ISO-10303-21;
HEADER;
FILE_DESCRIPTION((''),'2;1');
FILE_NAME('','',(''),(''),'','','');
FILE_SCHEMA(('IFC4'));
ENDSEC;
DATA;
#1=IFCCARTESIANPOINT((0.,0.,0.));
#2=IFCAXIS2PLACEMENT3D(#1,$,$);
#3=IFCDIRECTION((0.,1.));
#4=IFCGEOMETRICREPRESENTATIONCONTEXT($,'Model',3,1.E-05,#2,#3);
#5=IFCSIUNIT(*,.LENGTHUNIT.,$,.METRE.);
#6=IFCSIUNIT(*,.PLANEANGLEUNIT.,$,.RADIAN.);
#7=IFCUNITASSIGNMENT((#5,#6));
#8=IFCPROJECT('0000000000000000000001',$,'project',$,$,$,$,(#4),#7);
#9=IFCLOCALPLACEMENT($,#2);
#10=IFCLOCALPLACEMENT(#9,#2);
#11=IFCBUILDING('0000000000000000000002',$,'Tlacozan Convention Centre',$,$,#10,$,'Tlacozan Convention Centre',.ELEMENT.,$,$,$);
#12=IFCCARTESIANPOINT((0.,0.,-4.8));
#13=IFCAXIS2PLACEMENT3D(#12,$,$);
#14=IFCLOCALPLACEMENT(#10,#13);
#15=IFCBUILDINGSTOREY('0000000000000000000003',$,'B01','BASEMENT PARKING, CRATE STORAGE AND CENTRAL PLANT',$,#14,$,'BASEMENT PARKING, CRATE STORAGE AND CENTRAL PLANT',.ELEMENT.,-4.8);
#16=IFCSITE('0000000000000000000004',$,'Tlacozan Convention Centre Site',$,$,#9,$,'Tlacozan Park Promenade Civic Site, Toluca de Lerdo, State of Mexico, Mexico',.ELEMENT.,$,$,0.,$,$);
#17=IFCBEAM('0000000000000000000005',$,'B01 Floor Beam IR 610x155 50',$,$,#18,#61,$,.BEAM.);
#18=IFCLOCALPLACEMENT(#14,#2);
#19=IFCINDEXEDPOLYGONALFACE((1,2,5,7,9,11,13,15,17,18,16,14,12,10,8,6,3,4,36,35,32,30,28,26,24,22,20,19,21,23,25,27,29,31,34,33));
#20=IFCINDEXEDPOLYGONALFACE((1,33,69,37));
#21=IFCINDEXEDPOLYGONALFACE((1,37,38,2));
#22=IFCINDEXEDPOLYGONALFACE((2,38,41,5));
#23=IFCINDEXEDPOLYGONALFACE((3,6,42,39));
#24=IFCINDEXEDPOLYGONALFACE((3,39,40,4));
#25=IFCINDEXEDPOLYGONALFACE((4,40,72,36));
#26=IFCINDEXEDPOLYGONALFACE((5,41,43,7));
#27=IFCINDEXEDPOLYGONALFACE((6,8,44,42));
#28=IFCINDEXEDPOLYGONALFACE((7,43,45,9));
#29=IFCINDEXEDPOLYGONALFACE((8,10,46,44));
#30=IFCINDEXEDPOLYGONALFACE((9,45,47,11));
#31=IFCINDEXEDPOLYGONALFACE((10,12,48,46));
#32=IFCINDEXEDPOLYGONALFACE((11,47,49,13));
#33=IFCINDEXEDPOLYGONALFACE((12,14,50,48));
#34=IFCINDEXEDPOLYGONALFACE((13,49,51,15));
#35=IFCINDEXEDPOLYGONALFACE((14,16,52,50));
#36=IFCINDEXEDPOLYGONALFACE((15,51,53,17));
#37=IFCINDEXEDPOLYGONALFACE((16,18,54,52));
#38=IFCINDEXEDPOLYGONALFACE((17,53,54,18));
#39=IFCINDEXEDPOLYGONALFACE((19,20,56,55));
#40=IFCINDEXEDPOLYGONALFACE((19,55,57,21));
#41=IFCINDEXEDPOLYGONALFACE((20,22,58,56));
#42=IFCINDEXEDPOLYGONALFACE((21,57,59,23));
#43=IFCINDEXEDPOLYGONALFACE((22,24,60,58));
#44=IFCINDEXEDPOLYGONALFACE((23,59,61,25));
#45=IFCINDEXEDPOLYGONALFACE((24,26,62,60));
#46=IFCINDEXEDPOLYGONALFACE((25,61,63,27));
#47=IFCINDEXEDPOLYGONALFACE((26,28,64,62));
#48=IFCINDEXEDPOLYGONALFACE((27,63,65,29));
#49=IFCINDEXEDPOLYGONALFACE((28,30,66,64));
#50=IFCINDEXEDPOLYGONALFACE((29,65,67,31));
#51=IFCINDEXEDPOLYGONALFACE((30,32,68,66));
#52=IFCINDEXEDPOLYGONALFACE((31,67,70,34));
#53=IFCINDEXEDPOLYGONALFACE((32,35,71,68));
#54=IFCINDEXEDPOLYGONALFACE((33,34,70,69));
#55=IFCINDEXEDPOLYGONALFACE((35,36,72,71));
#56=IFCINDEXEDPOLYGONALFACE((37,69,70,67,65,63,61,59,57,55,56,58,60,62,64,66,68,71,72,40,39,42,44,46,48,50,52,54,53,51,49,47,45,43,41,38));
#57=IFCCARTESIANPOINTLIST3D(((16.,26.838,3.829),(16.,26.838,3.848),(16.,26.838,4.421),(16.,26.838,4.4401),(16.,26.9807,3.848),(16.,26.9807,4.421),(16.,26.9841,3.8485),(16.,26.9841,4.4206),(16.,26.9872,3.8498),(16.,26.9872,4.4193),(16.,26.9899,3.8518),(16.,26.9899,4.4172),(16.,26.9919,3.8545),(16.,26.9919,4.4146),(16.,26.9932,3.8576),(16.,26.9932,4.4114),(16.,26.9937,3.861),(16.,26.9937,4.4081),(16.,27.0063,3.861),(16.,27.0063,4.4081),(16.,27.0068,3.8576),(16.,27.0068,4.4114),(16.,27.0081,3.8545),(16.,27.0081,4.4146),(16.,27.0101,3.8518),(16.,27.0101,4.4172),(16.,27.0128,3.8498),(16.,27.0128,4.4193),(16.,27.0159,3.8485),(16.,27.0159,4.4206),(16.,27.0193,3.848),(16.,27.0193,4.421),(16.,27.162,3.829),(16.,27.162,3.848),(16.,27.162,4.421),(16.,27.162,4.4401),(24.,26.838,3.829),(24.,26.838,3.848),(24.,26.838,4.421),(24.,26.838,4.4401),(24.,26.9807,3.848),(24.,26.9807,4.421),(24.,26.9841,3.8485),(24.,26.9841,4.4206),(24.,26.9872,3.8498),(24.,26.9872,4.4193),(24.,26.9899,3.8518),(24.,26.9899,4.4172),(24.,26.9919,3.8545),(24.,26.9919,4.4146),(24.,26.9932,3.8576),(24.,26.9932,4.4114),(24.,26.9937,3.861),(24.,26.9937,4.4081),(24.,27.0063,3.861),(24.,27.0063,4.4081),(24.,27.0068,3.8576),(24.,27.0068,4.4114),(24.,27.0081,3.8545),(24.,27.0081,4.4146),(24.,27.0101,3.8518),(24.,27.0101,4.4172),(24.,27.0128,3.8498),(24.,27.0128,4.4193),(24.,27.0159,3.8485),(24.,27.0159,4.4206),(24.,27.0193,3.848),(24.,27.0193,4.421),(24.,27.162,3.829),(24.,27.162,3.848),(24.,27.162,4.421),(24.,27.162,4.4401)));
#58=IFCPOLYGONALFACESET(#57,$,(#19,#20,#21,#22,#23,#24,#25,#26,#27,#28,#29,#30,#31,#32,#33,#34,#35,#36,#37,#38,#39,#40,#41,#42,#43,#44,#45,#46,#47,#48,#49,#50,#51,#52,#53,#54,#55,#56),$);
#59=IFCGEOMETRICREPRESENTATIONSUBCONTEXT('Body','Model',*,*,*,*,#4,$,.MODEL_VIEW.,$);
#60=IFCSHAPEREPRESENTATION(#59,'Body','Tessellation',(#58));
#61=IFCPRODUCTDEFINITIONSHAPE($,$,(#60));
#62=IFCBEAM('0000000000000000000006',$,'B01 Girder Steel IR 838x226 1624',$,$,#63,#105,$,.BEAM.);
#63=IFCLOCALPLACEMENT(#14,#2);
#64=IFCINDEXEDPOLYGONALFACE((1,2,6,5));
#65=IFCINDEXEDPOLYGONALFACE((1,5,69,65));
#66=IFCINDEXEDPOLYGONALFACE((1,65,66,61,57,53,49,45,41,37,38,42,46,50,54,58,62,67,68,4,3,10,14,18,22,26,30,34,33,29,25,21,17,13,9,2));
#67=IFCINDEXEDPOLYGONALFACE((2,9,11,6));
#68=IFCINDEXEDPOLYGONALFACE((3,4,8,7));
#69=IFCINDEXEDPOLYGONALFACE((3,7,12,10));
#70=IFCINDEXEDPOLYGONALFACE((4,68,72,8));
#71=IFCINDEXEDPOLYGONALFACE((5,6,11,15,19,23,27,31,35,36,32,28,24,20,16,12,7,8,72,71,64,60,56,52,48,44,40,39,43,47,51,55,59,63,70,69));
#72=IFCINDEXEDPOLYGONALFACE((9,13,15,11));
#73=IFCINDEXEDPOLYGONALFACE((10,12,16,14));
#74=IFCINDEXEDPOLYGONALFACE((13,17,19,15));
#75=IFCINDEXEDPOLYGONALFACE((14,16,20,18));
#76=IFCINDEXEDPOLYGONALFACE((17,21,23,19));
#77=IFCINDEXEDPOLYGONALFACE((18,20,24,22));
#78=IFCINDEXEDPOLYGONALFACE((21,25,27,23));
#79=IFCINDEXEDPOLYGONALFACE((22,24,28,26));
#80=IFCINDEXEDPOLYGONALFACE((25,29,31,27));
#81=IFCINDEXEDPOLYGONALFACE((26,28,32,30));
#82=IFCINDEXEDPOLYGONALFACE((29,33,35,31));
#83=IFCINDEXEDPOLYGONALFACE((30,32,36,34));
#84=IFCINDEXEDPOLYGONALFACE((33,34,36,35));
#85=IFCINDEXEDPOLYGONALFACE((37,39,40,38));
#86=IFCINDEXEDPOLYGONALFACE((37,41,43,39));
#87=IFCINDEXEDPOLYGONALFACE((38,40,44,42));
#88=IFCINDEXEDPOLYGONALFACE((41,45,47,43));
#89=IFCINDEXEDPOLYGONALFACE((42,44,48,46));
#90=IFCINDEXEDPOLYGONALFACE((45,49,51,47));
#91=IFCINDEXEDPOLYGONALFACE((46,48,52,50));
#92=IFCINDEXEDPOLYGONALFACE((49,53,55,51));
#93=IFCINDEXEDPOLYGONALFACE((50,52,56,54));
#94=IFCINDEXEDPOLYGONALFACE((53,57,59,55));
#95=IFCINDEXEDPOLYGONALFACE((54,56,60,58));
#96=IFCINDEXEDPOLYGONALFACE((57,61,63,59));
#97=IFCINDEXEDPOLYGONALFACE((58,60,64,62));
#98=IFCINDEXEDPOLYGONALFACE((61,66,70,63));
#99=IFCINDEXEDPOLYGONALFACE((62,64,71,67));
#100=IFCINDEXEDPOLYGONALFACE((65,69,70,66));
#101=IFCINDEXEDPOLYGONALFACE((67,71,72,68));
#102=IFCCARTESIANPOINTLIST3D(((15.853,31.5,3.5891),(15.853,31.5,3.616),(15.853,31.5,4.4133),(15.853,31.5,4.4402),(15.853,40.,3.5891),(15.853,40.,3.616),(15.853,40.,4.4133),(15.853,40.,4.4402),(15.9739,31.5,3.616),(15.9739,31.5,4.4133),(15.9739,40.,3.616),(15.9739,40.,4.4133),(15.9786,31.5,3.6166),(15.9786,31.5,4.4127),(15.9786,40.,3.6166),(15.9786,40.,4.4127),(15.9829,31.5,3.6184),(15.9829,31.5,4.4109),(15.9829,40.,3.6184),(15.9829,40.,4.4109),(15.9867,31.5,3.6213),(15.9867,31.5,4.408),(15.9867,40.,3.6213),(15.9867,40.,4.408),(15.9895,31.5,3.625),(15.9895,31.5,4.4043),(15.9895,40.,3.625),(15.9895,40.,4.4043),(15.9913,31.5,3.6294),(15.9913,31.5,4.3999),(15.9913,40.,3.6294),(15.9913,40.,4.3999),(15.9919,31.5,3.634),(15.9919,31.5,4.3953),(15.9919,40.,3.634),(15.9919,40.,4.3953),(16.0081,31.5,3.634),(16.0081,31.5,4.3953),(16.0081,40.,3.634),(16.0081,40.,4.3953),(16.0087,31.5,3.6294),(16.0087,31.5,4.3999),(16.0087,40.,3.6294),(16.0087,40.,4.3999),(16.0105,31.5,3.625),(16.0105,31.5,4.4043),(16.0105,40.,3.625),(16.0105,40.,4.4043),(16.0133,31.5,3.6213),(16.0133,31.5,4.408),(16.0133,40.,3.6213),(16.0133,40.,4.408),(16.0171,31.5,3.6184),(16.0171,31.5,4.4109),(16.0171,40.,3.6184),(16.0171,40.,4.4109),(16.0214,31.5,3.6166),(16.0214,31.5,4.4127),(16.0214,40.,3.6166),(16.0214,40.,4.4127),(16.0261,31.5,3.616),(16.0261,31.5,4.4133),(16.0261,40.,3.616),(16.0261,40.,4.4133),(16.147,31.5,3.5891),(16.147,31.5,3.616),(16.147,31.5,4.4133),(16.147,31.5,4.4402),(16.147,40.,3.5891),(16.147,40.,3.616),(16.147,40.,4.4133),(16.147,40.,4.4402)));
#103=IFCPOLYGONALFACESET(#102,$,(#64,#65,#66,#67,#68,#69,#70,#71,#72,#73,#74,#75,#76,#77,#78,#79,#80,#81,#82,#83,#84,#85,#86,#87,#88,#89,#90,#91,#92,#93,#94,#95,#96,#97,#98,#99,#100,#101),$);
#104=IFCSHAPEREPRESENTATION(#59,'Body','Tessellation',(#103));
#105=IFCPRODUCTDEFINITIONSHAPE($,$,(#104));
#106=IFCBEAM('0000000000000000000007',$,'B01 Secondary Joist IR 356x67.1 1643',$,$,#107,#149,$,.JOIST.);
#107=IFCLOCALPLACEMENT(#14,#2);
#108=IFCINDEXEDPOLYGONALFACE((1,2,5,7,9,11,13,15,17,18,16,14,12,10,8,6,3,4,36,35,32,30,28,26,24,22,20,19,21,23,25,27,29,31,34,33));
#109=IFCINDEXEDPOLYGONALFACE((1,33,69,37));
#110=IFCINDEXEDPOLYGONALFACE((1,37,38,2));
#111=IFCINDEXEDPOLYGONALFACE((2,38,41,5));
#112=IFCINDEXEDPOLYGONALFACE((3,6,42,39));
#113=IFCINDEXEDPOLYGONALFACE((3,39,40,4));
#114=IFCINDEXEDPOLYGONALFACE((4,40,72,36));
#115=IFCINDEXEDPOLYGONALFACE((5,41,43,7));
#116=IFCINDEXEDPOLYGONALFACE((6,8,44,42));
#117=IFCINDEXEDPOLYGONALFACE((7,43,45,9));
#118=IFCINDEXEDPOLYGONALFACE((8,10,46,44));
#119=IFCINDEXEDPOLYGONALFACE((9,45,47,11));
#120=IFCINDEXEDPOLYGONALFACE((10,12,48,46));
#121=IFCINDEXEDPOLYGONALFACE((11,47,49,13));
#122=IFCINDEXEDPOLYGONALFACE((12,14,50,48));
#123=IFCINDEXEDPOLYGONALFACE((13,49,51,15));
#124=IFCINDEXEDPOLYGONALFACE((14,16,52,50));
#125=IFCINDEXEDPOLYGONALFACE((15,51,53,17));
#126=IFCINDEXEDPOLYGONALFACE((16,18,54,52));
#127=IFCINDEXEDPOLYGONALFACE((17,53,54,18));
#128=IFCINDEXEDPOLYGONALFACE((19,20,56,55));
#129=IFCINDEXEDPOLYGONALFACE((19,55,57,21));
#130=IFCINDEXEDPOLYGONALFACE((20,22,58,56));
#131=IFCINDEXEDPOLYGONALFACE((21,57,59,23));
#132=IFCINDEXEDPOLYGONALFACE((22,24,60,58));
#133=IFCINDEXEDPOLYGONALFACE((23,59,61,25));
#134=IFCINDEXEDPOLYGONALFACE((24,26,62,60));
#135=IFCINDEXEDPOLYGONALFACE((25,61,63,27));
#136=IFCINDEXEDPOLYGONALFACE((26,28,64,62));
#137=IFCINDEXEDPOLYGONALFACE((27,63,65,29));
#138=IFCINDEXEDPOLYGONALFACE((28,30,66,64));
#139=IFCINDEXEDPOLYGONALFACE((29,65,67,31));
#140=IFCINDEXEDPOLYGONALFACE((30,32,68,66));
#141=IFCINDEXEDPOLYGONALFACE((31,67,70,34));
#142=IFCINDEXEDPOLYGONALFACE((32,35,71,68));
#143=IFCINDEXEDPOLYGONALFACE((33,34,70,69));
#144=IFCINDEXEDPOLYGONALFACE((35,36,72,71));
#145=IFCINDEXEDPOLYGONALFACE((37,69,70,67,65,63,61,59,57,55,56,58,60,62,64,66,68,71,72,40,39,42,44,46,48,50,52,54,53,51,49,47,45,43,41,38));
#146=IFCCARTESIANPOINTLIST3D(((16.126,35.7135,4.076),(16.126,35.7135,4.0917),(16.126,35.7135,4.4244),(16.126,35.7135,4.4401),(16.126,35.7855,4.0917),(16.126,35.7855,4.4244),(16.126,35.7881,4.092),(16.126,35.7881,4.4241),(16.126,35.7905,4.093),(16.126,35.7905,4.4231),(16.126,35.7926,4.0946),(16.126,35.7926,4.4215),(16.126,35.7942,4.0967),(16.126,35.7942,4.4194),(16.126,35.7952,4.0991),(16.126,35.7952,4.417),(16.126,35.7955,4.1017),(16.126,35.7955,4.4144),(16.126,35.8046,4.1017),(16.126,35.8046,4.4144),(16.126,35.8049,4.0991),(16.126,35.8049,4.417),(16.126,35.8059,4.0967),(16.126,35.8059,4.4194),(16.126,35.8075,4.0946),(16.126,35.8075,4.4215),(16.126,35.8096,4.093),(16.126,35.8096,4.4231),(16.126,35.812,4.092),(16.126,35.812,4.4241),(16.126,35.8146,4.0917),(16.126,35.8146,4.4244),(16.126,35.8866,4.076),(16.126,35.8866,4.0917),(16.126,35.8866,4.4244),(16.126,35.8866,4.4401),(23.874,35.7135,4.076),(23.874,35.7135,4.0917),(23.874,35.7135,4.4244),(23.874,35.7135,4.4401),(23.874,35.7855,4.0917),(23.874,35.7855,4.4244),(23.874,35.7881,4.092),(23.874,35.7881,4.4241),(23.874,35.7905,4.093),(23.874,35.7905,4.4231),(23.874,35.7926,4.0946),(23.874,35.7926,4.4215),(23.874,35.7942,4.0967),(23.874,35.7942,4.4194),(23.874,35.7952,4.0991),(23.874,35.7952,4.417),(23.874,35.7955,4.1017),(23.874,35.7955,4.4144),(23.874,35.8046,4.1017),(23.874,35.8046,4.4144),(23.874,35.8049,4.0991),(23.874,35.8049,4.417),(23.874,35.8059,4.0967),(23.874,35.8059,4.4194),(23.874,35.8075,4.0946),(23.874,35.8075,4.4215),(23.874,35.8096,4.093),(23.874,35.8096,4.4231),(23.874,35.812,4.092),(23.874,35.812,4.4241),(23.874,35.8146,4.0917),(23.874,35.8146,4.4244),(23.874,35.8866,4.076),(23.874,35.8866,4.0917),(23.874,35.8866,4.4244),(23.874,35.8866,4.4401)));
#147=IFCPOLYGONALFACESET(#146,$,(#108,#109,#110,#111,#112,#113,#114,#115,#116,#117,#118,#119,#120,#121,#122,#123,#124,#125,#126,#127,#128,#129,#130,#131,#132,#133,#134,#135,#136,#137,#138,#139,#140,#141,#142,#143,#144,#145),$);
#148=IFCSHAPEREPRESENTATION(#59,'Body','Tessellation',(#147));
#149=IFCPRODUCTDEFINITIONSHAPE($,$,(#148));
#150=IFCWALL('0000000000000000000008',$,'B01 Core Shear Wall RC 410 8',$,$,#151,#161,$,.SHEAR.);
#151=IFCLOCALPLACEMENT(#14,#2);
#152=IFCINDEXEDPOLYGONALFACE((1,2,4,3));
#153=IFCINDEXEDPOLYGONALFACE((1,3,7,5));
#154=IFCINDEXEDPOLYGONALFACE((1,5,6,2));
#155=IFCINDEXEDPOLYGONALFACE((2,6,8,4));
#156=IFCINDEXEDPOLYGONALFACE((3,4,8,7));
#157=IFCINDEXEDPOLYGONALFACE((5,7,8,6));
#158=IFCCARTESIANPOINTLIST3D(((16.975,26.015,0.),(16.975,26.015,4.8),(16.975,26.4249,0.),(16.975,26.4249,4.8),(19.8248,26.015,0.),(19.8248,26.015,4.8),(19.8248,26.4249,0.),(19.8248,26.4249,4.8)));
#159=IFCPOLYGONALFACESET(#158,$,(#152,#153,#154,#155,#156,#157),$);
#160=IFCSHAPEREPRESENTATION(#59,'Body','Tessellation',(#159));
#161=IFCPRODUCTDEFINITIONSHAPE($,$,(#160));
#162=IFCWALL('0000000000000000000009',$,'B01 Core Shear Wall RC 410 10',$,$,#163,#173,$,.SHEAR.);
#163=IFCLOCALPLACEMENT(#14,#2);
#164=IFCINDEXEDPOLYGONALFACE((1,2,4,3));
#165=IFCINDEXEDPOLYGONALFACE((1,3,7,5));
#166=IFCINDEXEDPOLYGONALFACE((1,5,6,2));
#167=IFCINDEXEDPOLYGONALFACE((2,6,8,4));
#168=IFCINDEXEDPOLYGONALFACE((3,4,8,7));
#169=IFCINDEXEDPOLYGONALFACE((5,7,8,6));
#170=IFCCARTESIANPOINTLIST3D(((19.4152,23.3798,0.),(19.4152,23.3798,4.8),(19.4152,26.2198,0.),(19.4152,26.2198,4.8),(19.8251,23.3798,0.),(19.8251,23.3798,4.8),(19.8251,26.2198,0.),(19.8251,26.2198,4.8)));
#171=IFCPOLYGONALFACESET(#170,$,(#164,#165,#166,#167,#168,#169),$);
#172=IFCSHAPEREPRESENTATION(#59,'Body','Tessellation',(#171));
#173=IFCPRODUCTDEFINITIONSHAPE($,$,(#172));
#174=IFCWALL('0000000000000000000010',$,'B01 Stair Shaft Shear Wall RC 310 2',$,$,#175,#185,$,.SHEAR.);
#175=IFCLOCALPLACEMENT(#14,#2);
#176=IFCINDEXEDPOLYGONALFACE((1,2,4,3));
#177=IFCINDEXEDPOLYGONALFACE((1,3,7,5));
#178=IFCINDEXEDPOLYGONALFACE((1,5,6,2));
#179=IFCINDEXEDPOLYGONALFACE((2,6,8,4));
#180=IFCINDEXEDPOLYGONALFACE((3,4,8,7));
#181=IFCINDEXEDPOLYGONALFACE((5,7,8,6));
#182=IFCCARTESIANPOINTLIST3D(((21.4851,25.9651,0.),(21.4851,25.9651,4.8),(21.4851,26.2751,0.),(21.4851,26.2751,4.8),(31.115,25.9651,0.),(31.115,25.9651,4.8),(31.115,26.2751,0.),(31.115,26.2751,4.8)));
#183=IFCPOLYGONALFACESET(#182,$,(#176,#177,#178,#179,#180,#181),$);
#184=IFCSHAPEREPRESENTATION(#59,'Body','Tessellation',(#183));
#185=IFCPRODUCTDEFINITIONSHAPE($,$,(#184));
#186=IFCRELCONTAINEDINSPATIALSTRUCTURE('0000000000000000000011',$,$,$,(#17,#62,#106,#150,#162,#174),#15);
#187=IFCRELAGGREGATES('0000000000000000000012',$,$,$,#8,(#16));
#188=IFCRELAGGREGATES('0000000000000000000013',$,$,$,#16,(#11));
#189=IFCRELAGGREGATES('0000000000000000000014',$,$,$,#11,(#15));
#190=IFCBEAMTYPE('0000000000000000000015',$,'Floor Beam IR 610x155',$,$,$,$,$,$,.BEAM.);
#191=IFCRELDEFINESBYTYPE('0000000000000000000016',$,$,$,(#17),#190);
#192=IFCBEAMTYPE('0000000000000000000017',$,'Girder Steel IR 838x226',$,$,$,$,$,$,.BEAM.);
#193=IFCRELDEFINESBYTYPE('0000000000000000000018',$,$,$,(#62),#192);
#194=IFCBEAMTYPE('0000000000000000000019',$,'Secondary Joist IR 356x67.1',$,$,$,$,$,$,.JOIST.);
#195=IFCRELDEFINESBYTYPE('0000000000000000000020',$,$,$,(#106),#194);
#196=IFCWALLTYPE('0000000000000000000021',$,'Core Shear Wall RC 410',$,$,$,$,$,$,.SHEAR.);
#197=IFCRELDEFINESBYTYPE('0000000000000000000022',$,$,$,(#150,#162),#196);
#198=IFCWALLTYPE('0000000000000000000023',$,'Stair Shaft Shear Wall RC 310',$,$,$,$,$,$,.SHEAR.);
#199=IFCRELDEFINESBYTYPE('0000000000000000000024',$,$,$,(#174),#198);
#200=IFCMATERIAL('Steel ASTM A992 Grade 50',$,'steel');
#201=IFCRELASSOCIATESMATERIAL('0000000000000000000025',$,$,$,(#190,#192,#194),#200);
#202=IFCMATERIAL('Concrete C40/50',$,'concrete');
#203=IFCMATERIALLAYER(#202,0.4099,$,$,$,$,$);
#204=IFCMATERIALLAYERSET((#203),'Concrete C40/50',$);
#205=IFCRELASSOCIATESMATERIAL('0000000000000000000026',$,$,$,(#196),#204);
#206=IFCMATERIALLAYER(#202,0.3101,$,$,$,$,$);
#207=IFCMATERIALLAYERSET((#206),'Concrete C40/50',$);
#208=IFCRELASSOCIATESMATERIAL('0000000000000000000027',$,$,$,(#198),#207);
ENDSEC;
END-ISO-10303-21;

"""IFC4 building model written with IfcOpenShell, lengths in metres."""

from ifc_helpers import new_model, si_unit, direction, frame, frame_2d, origin, origin_2d, place, context, subcontext, project, spatial, rectangle, i_section, extrude, material, layer, layer_set, material_profile, profile_set, type_object, element, save


model = new_model("IFC4")

# Units and contexts
model_context = context("Model", 3, precision=1e-05, world=origin(), true_north=direction((0.0, 1.0)))
body_context = subcontext(model_context, "Body", "Model", "MODEL_VIEW")
ifc_project = project(units=[si_unit("LENGTHUNIT", "METRE"), si_unit("PLANEANGLEUNIT", "RADIAN")], contexts=[model_context])

# Site, building, storey
site_placement = place(None, origin())
site = spatial("IfcSite", under=ifc_project, at=site_placement, Name="Tlacozan Convention Centre Site", LongName="Tlacozan Park Promenade Civic Site, Toluca de Lerdo, State of Mexico, Mexico", CompositionType="ELEMENT", RefElevation=0.0)
building_placement = place(site_placement, origin())
building = spatial("IfcBuilding", under=site, at=building_placement, Name="Tlacozan Convention Centre", LongName="Tlacozan Convention Centre", CompositionType="ELEMENT")
storey_placement = place(building_placement, frame((0.0, 0.0, -4.8)))
storey = spatial("IfcBuildingStorey", under=building, at=storey_placement, Name="B01", Description="BASEMENT PARKING, CRATE STORAGE AND CENTRAL PLANT", LongName="BASEMENT PARKING, CRATE STORAGE AND CENTRAL PLANT", CompositionType="ELEMENT", Elevation=-4.8)

# Shared definitions
ifc_material_1 = material(Name="Concrete C40/50", Category="concrete")

# Beams
ifc_material_2 = material(Name="Steel ASTM A992 Grade 50", Category="steel")
ifc_material_profile_1 = material_profile(ifc_material_2, i_section(OverallWidth=0.324, OverallDepth=0.6111, WebThickness=0.0127, FlangeThickness=0.019, FilletRadius=0.0129, at=origin_2d()), Name="IR 610x155.0")
ifc_profile_set_1 = profile_set([ifc_material_profile_1], Name="Steel ASTM A992 Grade 50")
beam_type_1 = type_object("IfcBeamType", Name="Floor Beam IR 610x155", PredefinedType="BEAM", material=ifc_profile_set_1)
beam_1_placement = place(storey_placement, frame((16.0, 27.0, 4.1345), z_axis=(1.0, 0.0, 0.0), x_axis=(0.0, 1.0, 0.0)))
element("IfcBeam", 1, at=beam_1_placement, inside=storey, type_object=beam_type_1, Name="B01 Floor Beam IR 610x155 50", PredefinedType="BEAM", context=body_context, shape_type="SweptSolid", body=[
    extrude(i_section(OverallWidth=0.324, OverallDepth=0.6111, WebThickness=0.0127, FlangeThickness=0.019, FilletRadius=0.0129, at=origin_2d()), origin(), (0.0, 0.0, 1.0), 8.0),
])
ifc_material_profile_2 = material_profile(ifc_material_2, i_section(OverallWidth=0.2939, OverallDepth=0.8511, WebThickness=0.0161, FlangeThickness=0.0269, FilletRadius=0.0181, at=origin_2d()), Name="IR 838x226.0")
ifc_profile_set_2 = profile_set([ifc_material_profile_2], Name="Steel ASTM A992 Grade 50")
beam_type_2 = type_object("IfcBeamType", Name="Girder Steel IR 838x226", PredefinedType="BEAM", material=ifc_profile_set_2)
beam_2_placement = place(storey_placement, frame((16.0, 31.5, 4.0146), z_axis=(0.0, 1.0, 0.0), x_axis=(-1.0, 0.0, 0.0)))
element("IfcBeam", 2, at=beam_2_placement, inside=storey, type_object=beam_type_2, Name="B01 Girder Steel IR 838x226 1624", PredefinedType="BEAM", context=body_context, shape_type="SweptSolid", body=[
    extrude(i_section(OverallWidth=0.2939, OverallDepth=0.8511, WebThickness=0.0161, FlangeThickness=0.0269, FilletRadius=0.0181, at=origin_2d()), origin(), (0.0, 0.0, 1.0), 8.5),
])
ifc_material_profile_3 = material_profile(ifc_material_2, i_section(OverallWidth=0.1731, OverallDepth=0.364, WebThickness=0.009, FlangeThickness=0.0156, FilletRadius=0.01, at=origin_2d()), Name="IR 356x67.1")
ifc_profile_set_3 = profile_set([ifc_material_profile_3], Name="Steel ASTM A992 Grade 50")
beam_type_3 = type_object("IfcBeamType", Name="Secondary Joist IR 356x67.1", PredefinedType="JOIST", material=ifc_profile_set_3)
beam_3_placement = place(storey_placement, frame((16.126, 35.8, 4.2581), z_axis=(1.0, 0.0, 0.0), x_axis=(0.0, 1.0, 0.0)))
element("IfcBeam", 3, at=beam_3_placement, inside=storey, type_object=beam_type_3, Name="B01 Secondary Joist IR 356x67.1 1643", PredefinedType="JOIST", context=body_context, shape_type="SweptSolid", body=[
    extrude(i_section(OverallWidth=0.1731, OverallDepth=0.364, WebThickness=0.009, FlangeThickness=0.0156, FilletRadius=0.01, at=origin_2d()), origin(), (0.0, 0.0, 1.0), 7.748),
])

# Walls
ifc_layer_1 = layer(ifc_material_1, 0.4099)
ifc_layer_set_1 = layer_set([ifc_layer_1], Name="Concrete C40/50")
wall_type_1 = type_object("IfcWallType", Name="Core Shear Wall RC 410", PredefinedType="SHEAR", material=ifc_layer_set_1)
wall_1_placement = place(storey_placement, frame((16.9751, 26.22, 0.0), z_axis=(0.0, 0.0, 1.0), x_axis=(1.0, 0.0, 0.0)))
element("IfcWall", 4, at=wall_1_placement, inside=storey, type_object=wall_type_1, Name="B01 Core Shear Wall RC 410 8", PredefinedType="SHEAR", context=body_context, shape_type="SweptSolid", body=[
    extrude(rectangle(XDim=2.8499, YDim=0.4099, at=frame_2d((1.4248, 0.0))), origin(), (0.0, 0.0, 1.0), 4.8),
])
wall_2_placement = place(storey_placement, frame((19.6201, 23.3799, 0.0), z_axis=(0.0, 0.0, 1.0), x_axis=(0.0, 1.0, 0.0)))
element("IfcWall", 5, at=wall_2_placement, inside=storey, type_object=wall_type_1, Name="B01 Core Shear Wall RC 410 10", PredefinedType="SHEAR", context=body_context, shape_type="SweptSolid", body=[
    extrude(rectangle(XDim=2.8401, YDim=0.4099, at=frame_2d((1.4199, 0.0))), origin(), (0.0, 0.0, 1.0), 4.8),
])
ifc_layer_2 = layer(ifc_material_1, 0.3101)
ifc_layer_set_2 = layer_set([ifc_layer_2], Name="Concrete C40/50")
wall_type_2 = type_object("IfcWallType", Name="Stair Shaft Shear Wall RC 310", PredefinedType="SHEAR", material=ifc_layer_set_2)
wall_3_placement = place(storey_placement, frame((21.4851, 26.1201, 0.0), z_axis=(0.0, 0.0, 1.0), x_axis=(1.0, 0.0, 0.0)))
element("IfcWall", 6, at=wall_3_placement, inside=storey, type_object=wall_type_2, Name="B01 Stair Shaft Shear Wall RC 310 2", PredefinedType="SHEAR", context=body_context, shape_type="SweptSolid", body=[
    extrude(rectangle(XDim=9.6299, YDim=0.3101, at=frame_2d((4.8149, 0.0))), origin(), (0.0, 0.0, 1.0), 4.8),
])

save(model, "model.ifc")
